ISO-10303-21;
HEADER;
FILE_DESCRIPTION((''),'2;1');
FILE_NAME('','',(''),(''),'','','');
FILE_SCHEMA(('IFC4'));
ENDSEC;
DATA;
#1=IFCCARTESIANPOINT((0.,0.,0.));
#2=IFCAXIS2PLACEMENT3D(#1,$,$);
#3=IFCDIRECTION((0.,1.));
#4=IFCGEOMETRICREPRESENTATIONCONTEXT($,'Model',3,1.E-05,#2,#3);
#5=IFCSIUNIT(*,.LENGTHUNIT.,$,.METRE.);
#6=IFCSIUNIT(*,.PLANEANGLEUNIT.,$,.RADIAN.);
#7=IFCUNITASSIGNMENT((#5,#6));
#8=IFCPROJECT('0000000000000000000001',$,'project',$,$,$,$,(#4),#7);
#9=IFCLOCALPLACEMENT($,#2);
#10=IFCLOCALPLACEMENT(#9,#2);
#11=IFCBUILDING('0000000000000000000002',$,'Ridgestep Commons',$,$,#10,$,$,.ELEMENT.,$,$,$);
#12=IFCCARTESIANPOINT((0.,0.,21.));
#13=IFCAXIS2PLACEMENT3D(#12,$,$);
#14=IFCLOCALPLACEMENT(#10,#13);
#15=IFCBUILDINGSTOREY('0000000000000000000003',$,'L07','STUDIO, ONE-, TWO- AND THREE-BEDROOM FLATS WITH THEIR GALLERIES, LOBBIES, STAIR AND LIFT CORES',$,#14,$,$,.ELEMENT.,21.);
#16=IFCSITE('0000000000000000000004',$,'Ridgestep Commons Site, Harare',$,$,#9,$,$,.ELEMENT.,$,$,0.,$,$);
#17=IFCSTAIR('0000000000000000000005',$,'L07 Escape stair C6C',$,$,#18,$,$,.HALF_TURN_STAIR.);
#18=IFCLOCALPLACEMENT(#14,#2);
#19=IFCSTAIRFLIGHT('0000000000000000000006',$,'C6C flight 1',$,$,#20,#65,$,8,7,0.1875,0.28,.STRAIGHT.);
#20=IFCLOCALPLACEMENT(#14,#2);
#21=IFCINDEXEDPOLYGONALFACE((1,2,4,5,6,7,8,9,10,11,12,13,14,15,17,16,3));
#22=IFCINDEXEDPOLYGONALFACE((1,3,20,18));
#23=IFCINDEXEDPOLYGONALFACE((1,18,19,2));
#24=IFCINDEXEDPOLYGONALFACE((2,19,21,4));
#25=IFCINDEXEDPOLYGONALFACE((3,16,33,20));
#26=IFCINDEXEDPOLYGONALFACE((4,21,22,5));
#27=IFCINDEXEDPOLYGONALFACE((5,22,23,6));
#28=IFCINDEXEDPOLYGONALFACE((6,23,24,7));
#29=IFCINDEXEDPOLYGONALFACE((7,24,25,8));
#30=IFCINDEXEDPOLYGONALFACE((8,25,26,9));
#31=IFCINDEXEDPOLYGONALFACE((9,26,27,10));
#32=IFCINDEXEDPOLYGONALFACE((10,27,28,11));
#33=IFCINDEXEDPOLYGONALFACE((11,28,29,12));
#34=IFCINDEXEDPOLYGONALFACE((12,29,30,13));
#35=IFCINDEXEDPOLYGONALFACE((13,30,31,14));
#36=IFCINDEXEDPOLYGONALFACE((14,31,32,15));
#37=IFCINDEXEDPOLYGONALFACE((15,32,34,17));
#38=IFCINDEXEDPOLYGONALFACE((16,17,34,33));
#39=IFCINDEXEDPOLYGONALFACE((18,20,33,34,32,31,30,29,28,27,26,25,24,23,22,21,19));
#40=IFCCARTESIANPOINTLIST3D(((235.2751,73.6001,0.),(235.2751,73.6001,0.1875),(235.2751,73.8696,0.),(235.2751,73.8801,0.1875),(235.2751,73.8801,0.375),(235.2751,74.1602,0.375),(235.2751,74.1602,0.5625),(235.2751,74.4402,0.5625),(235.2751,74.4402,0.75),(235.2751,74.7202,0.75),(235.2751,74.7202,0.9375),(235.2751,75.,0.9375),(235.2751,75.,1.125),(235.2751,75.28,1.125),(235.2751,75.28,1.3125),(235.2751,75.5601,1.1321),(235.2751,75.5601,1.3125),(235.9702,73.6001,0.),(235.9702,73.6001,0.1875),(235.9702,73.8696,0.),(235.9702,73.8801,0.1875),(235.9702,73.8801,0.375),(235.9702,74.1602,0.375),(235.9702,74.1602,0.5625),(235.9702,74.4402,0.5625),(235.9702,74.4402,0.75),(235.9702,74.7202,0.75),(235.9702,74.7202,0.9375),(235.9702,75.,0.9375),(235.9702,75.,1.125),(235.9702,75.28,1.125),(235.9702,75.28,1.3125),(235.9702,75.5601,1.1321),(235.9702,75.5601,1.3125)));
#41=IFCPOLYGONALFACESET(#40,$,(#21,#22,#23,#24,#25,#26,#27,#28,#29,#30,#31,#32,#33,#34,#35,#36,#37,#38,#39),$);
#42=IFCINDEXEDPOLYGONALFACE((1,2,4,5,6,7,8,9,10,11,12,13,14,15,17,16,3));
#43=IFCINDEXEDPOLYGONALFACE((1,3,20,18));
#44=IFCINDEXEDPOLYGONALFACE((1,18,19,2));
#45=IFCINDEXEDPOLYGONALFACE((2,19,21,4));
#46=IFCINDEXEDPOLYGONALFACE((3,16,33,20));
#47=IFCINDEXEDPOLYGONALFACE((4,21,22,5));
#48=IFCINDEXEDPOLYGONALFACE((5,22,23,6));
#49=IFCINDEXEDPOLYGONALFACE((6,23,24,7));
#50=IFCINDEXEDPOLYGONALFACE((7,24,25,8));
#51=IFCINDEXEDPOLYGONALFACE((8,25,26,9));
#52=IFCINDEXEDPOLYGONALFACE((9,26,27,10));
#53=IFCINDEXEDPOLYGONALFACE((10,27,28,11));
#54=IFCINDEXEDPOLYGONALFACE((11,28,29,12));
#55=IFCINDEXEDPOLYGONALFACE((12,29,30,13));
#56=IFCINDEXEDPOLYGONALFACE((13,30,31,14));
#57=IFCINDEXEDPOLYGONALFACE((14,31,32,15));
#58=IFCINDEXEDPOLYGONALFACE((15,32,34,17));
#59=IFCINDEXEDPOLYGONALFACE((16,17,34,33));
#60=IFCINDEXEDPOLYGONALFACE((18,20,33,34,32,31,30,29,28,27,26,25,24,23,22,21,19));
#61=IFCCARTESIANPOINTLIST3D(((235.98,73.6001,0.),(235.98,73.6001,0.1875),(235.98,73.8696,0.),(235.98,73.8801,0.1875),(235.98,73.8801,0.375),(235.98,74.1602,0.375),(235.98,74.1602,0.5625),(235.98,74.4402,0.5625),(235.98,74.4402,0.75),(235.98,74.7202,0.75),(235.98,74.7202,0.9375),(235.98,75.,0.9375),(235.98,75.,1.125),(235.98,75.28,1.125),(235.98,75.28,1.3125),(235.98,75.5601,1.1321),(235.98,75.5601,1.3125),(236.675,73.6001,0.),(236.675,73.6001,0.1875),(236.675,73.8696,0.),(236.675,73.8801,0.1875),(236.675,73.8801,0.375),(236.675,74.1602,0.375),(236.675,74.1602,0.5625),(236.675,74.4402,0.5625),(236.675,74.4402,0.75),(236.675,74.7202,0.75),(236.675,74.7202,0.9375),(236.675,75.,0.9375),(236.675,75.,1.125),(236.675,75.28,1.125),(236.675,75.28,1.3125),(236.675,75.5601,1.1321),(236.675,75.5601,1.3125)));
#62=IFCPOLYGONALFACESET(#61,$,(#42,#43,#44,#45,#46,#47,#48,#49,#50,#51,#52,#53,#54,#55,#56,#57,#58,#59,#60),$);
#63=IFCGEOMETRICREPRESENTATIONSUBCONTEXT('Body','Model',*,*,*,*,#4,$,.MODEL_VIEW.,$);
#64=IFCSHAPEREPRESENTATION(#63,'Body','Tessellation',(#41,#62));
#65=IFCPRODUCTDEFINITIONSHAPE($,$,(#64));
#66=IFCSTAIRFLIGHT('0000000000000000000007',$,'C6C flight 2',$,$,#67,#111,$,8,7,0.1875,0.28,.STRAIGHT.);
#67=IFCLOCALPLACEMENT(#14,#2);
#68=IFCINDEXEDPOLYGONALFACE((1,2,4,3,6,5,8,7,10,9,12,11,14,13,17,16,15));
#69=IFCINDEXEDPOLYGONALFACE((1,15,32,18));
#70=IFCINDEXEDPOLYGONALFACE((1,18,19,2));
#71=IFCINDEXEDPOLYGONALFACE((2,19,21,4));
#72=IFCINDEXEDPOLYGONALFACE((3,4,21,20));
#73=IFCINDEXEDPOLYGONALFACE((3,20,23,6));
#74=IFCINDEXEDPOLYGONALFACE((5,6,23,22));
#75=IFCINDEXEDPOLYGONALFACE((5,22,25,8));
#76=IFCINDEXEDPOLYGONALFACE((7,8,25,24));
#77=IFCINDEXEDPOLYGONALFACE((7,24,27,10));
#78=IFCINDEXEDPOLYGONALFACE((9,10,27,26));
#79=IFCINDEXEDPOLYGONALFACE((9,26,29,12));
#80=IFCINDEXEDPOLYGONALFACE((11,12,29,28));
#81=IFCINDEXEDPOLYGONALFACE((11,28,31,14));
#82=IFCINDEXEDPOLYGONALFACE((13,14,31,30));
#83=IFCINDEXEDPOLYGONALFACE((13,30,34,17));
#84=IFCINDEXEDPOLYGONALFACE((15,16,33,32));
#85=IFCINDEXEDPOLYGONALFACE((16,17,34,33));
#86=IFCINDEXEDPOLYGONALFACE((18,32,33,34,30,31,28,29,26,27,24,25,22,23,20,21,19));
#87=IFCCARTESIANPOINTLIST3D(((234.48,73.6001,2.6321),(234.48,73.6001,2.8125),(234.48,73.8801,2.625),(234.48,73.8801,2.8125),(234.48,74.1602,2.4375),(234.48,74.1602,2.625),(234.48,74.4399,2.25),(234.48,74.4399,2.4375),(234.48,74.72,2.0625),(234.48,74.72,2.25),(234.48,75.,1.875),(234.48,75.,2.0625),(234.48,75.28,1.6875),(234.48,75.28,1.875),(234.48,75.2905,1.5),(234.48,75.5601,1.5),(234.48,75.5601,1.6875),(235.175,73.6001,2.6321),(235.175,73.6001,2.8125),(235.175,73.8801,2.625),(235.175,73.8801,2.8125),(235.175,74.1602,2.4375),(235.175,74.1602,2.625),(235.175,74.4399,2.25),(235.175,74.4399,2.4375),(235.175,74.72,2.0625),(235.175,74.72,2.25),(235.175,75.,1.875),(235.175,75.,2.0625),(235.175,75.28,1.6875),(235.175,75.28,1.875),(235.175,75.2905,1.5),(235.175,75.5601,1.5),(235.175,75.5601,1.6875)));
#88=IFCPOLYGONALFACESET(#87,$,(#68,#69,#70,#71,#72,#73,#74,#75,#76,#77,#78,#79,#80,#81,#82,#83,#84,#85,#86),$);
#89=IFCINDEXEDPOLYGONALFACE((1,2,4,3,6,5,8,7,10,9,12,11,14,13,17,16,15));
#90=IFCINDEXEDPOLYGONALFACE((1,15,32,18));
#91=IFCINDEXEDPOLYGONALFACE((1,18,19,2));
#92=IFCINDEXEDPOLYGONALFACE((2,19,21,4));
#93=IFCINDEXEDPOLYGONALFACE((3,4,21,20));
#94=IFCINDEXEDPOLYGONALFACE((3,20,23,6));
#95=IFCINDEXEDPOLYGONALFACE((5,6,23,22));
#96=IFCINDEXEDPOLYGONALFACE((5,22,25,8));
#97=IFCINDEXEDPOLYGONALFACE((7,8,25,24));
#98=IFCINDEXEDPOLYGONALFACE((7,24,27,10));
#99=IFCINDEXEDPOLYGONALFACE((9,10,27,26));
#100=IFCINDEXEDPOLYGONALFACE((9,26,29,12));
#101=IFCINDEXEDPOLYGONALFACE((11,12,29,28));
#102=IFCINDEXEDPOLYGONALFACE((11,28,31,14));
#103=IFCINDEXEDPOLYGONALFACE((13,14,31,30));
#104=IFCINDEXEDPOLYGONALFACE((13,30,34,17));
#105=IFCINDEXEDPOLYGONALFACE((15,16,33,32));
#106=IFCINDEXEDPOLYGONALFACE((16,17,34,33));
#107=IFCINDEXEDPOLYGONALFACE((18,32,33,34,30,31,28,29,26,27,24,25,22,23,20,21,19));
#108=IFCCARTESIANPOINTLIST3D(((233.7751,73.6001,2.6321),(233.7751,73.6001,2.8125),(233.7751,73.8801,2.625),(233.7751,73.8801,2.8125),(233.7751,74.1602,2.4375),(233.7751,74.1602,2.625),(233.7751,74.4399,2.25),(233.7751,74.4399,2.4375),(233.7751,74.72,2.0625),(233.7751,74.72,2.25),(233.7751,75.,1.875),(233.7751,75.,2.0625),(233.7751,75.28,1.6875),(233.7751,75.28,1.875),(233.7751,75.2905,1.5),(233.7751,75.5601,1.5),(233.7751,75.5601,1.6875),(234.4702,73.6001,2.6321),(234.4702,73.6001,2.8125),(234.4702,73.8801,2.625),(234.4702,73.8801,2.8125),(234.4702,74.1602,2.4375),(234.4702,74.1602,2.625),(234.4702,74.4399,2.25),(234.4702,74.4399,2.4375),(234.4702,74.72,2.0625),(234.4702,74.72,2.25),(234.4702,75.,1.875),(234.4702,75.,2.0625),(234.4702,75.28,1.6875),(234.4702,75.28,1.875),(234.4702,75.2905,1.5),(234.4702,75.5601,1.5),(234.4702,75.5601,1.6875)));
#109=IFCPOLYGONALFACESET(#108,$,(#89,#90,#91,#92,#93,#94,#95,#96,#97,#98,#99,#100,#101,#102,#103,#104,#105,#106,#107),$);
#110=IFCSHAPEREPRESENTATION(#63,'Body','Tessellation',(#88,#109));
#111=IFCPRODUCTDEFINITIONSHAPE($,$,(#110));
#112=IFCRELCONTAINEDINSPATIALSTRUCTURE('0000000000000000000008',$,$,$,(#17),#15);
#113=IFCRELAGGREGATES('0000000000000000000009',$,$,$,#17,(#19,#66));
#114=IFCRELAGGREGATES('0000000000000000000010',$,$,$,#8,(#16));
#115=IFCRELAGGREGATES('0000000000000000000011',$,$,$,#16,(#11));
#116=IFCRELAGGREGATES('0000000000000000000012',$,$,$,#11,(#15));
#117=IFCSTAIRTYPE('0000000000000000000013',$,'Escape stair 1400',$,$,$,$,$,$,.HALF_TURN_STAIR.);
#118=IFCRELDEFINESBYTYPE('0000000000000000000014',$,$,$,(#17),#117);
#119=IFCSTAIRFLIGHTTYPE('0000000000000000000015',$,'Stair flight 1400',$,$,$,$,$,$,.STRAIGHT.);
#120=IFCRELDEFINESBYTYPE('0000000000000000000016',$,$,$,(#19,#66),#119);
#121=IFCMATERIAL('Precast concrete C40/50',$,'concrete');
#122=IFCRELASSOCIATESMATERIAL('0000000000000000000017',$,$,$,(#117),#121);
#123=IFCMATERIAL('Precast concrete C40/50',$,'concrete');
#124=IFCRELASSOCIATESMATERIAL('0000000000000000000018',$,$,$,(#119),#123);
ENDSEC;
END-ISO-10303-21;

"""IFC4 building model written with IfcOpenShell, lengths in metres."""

from ifc_helpers import new_model, si_unit, direction, frame, origin, place, context, subcontext, project, spatial, polyline, outline, extrude, material, type_object, element, aggregate, save


model = new_model("IFC4")

# Units and contexts
model_context = context("Model", 3, precision=1e-05, world=origin(), true_north=direction((0.0, 1.0)))
body_context = subcontext(model_context, "Body", "Model", "MODEL_VIEW")
ifc_project = project(units=[si_unit("LENGTHUNIT", "METRE"), si_unit("PLANEANGLEUNIT", "RADIAN")], contexts=[model_context])

# Site, building, storey
site_placement = place(None, origin())
site = spatial("IfcSite", under=ifc_project, at=site_placement, Name="Ridgestep Commons Site, Harare", CompositionType="ELEMENT", RefElevation=0.0)
building_placement = place(site_placement, origin())
building = spatial("IfcBuilding", under=site, at=building_placement, Name="Ridgestep Commons", CompositionType="ELEMENT")
storey_placement = place(building_placement, frame((0.0, 0.0, 21.0)))
storey = spatial("IfcBuildingStorey", under=building, at=storey_placement, Name="L07", Description="STUDIO, ONE-, TWO- AND THREE-BEDROOM FLATS WITH THEIR GALLERIES, LOBBIES, STAIR AND LIFT CORES", CompositionType="ELEMENT", Elevation=21.0)

# Stair, stair flights
ifc_material_1 = material(Name="Precast concrete C40/50", Category="concrete")
stair_type = type_object("IfcStairType", Name="Escape stair 1400", PredefinedType="HALF_TURN_STAIR", material=ifc_material_1)
stair_placement = place(storey_placement, origin())
stair = element("IfcStair", 1, at=stair_placement, inside=storey, type_object=stair_type, Name="L07 Escape stair C6C", PredefinedType="HALF_TURN_STAIR")
ifc_material_2 = material(Name="Precast concrete C40/50", Category="concrete")
stair_flight_type = type_object("IfcStairFlightType", Name="Stair flight 1400", PredefinedType="STRAIGHT", material=ifc_material_2)
stair_flight_1_placement = place(storey_placement, frame((235.9751, 73.6001, 0.0), z_axis=(0.0, 0.0, 1.0), x_axis=(0.0, 1.0, 0.0)))
stair_flight_1 = element("IfcStairFlight", 2, at=stair_flight_1_placement, type_object=stair_flight_type, Name="C6C flight 1", NumberOfRisers=8, NumberOfTreads=7, PredefinedType="STRAIGHT", RiserHeight=0.1875, TreadLength=0.28, context=body_context, shape_type="SweptSolid", body=[
    extrude(outline(polyline([(0.0, 0.0), (0.0, 0.1875), (0.28, 0.1875), (0.28, 0.375), (0.5601, 0.375), (0.5601, 0.5625), (0.8401, 0.5625), (0.8401, 0.75), (1.1201, 0.75), (1.1201, 0.9375), (1.3999, 0.9375), (1.3999, 1.125), (1.6799, 1.125), (1.6799, 1.3125), (1.96, 1.3125), (1.96, 1.5), (1.96, 1.1321), (0.2695, 0.0), (0.0, 0.0)])), frame((0.0, 0.7, 0.0), z_axis=(0.0, -1.0, 0.0), x_axis=(1.0, 0.0, 0.0)), (0.0, 0.0, 1.0), 0.6951),
    extrude(outline(polyline([(0.0, 0.0), (0.0, 0.1875), (0.28, 0.1875), (0.28, 0.375), (0.5601, 0.375), (0.5601, 0.5625), (0.8401, 0.5625), (0.8401, 0.75), (1.1201, 0.75), (1.1201, 0.9375), (1.3999, 0.9375), (1.3999, 1.125), (1.6799, 1.125), (1.6799, 1.3125), (1.96, 1.3125), (1.96, 1.5), (1.96, 1.1321), (0.2695, 0.0), (0.0, 0.0)])), frame((0.0, -0.0049, 0.0), z_axis=(0.0, -1.0, 0.0), x_axis=(1.0, 0.0, 0.0)), (0.0, 0.0, 1.0), 0.6951),
])
stair_flight_2_placement = place(storey_placement, frame((234.4751, 75.5601, 1.5), z_axis=(0.0, 0.0, 1.0), x_axis=(0.0, -1.0, 0.0)))
stair_flight_2 = element("IfcStairFlight", 3, at=stair_flight_2_placement, type_object=stair_flight_type, Name="C6C flight 2", NumberOfRisers=8, NumberOfTreads=7, PredefinedType="STRAIGHT", RiserHeight=0.1875, TreadLength=0.28, context=body_context, shape_type="SweptSolid", body=[
    extrude(outline(polyline([(0.0, 0.0), (0.0, 0.1875), (0.28, 0.1875), (0.28, 0.375), (0.5601, 0.375), (0.5601, 0.5625), (0.8401, 0.5625), (0.8401, 0.75), (1.1201, 0.75), (1.1201, 0.9375), (1.3999, 0.9375), (1.3999, 1.125), (1.6799, 1.125), (1.6799, 1.3125), (1.96, 1.3125), (1.96, 1.5), (1.96, 1.1321), (0.2695, 0.0), (0.0, 0.0)])), frame((0.0, 0.7, 0.0), z_axis=(0.0, -1.0, 0.0), x_axis=(1.0, 0.0, 0.0)), (0.0, 0.0, 1.0), 0.6951),
    extrude(outline(polyline([(0.0, 0.0), (0.0, 0.1875), (0.28, 0.1875), (0.28, 0.375), (0.5601, 0.375), (0.5601, 0.5625), (0.8401, 0.5625), (0.8401, 0.75), (1.1201, 0.75), (1.1201, 0.9375), (1.3999, 0.9375), (1.3999, 1.125), (1.6799, 1.125), (1.6799, 1.3125), (1.96, 1.3125), (1.96, 1.5), (1.96, 1.1321), (0.2695, 0.0), (0.0, 0.0)])), frame((0.0, -0.0049, 0.0), z_axis=(0.0, -1.0, 0.0), x_axis=(1.0, 0.0, 0.0)), (0.0, 0.0, 1.0), 0.6951),
])
aggregate(stair, [stair_flight_1, stair_flight_2])

save(model, "model.ifc")
